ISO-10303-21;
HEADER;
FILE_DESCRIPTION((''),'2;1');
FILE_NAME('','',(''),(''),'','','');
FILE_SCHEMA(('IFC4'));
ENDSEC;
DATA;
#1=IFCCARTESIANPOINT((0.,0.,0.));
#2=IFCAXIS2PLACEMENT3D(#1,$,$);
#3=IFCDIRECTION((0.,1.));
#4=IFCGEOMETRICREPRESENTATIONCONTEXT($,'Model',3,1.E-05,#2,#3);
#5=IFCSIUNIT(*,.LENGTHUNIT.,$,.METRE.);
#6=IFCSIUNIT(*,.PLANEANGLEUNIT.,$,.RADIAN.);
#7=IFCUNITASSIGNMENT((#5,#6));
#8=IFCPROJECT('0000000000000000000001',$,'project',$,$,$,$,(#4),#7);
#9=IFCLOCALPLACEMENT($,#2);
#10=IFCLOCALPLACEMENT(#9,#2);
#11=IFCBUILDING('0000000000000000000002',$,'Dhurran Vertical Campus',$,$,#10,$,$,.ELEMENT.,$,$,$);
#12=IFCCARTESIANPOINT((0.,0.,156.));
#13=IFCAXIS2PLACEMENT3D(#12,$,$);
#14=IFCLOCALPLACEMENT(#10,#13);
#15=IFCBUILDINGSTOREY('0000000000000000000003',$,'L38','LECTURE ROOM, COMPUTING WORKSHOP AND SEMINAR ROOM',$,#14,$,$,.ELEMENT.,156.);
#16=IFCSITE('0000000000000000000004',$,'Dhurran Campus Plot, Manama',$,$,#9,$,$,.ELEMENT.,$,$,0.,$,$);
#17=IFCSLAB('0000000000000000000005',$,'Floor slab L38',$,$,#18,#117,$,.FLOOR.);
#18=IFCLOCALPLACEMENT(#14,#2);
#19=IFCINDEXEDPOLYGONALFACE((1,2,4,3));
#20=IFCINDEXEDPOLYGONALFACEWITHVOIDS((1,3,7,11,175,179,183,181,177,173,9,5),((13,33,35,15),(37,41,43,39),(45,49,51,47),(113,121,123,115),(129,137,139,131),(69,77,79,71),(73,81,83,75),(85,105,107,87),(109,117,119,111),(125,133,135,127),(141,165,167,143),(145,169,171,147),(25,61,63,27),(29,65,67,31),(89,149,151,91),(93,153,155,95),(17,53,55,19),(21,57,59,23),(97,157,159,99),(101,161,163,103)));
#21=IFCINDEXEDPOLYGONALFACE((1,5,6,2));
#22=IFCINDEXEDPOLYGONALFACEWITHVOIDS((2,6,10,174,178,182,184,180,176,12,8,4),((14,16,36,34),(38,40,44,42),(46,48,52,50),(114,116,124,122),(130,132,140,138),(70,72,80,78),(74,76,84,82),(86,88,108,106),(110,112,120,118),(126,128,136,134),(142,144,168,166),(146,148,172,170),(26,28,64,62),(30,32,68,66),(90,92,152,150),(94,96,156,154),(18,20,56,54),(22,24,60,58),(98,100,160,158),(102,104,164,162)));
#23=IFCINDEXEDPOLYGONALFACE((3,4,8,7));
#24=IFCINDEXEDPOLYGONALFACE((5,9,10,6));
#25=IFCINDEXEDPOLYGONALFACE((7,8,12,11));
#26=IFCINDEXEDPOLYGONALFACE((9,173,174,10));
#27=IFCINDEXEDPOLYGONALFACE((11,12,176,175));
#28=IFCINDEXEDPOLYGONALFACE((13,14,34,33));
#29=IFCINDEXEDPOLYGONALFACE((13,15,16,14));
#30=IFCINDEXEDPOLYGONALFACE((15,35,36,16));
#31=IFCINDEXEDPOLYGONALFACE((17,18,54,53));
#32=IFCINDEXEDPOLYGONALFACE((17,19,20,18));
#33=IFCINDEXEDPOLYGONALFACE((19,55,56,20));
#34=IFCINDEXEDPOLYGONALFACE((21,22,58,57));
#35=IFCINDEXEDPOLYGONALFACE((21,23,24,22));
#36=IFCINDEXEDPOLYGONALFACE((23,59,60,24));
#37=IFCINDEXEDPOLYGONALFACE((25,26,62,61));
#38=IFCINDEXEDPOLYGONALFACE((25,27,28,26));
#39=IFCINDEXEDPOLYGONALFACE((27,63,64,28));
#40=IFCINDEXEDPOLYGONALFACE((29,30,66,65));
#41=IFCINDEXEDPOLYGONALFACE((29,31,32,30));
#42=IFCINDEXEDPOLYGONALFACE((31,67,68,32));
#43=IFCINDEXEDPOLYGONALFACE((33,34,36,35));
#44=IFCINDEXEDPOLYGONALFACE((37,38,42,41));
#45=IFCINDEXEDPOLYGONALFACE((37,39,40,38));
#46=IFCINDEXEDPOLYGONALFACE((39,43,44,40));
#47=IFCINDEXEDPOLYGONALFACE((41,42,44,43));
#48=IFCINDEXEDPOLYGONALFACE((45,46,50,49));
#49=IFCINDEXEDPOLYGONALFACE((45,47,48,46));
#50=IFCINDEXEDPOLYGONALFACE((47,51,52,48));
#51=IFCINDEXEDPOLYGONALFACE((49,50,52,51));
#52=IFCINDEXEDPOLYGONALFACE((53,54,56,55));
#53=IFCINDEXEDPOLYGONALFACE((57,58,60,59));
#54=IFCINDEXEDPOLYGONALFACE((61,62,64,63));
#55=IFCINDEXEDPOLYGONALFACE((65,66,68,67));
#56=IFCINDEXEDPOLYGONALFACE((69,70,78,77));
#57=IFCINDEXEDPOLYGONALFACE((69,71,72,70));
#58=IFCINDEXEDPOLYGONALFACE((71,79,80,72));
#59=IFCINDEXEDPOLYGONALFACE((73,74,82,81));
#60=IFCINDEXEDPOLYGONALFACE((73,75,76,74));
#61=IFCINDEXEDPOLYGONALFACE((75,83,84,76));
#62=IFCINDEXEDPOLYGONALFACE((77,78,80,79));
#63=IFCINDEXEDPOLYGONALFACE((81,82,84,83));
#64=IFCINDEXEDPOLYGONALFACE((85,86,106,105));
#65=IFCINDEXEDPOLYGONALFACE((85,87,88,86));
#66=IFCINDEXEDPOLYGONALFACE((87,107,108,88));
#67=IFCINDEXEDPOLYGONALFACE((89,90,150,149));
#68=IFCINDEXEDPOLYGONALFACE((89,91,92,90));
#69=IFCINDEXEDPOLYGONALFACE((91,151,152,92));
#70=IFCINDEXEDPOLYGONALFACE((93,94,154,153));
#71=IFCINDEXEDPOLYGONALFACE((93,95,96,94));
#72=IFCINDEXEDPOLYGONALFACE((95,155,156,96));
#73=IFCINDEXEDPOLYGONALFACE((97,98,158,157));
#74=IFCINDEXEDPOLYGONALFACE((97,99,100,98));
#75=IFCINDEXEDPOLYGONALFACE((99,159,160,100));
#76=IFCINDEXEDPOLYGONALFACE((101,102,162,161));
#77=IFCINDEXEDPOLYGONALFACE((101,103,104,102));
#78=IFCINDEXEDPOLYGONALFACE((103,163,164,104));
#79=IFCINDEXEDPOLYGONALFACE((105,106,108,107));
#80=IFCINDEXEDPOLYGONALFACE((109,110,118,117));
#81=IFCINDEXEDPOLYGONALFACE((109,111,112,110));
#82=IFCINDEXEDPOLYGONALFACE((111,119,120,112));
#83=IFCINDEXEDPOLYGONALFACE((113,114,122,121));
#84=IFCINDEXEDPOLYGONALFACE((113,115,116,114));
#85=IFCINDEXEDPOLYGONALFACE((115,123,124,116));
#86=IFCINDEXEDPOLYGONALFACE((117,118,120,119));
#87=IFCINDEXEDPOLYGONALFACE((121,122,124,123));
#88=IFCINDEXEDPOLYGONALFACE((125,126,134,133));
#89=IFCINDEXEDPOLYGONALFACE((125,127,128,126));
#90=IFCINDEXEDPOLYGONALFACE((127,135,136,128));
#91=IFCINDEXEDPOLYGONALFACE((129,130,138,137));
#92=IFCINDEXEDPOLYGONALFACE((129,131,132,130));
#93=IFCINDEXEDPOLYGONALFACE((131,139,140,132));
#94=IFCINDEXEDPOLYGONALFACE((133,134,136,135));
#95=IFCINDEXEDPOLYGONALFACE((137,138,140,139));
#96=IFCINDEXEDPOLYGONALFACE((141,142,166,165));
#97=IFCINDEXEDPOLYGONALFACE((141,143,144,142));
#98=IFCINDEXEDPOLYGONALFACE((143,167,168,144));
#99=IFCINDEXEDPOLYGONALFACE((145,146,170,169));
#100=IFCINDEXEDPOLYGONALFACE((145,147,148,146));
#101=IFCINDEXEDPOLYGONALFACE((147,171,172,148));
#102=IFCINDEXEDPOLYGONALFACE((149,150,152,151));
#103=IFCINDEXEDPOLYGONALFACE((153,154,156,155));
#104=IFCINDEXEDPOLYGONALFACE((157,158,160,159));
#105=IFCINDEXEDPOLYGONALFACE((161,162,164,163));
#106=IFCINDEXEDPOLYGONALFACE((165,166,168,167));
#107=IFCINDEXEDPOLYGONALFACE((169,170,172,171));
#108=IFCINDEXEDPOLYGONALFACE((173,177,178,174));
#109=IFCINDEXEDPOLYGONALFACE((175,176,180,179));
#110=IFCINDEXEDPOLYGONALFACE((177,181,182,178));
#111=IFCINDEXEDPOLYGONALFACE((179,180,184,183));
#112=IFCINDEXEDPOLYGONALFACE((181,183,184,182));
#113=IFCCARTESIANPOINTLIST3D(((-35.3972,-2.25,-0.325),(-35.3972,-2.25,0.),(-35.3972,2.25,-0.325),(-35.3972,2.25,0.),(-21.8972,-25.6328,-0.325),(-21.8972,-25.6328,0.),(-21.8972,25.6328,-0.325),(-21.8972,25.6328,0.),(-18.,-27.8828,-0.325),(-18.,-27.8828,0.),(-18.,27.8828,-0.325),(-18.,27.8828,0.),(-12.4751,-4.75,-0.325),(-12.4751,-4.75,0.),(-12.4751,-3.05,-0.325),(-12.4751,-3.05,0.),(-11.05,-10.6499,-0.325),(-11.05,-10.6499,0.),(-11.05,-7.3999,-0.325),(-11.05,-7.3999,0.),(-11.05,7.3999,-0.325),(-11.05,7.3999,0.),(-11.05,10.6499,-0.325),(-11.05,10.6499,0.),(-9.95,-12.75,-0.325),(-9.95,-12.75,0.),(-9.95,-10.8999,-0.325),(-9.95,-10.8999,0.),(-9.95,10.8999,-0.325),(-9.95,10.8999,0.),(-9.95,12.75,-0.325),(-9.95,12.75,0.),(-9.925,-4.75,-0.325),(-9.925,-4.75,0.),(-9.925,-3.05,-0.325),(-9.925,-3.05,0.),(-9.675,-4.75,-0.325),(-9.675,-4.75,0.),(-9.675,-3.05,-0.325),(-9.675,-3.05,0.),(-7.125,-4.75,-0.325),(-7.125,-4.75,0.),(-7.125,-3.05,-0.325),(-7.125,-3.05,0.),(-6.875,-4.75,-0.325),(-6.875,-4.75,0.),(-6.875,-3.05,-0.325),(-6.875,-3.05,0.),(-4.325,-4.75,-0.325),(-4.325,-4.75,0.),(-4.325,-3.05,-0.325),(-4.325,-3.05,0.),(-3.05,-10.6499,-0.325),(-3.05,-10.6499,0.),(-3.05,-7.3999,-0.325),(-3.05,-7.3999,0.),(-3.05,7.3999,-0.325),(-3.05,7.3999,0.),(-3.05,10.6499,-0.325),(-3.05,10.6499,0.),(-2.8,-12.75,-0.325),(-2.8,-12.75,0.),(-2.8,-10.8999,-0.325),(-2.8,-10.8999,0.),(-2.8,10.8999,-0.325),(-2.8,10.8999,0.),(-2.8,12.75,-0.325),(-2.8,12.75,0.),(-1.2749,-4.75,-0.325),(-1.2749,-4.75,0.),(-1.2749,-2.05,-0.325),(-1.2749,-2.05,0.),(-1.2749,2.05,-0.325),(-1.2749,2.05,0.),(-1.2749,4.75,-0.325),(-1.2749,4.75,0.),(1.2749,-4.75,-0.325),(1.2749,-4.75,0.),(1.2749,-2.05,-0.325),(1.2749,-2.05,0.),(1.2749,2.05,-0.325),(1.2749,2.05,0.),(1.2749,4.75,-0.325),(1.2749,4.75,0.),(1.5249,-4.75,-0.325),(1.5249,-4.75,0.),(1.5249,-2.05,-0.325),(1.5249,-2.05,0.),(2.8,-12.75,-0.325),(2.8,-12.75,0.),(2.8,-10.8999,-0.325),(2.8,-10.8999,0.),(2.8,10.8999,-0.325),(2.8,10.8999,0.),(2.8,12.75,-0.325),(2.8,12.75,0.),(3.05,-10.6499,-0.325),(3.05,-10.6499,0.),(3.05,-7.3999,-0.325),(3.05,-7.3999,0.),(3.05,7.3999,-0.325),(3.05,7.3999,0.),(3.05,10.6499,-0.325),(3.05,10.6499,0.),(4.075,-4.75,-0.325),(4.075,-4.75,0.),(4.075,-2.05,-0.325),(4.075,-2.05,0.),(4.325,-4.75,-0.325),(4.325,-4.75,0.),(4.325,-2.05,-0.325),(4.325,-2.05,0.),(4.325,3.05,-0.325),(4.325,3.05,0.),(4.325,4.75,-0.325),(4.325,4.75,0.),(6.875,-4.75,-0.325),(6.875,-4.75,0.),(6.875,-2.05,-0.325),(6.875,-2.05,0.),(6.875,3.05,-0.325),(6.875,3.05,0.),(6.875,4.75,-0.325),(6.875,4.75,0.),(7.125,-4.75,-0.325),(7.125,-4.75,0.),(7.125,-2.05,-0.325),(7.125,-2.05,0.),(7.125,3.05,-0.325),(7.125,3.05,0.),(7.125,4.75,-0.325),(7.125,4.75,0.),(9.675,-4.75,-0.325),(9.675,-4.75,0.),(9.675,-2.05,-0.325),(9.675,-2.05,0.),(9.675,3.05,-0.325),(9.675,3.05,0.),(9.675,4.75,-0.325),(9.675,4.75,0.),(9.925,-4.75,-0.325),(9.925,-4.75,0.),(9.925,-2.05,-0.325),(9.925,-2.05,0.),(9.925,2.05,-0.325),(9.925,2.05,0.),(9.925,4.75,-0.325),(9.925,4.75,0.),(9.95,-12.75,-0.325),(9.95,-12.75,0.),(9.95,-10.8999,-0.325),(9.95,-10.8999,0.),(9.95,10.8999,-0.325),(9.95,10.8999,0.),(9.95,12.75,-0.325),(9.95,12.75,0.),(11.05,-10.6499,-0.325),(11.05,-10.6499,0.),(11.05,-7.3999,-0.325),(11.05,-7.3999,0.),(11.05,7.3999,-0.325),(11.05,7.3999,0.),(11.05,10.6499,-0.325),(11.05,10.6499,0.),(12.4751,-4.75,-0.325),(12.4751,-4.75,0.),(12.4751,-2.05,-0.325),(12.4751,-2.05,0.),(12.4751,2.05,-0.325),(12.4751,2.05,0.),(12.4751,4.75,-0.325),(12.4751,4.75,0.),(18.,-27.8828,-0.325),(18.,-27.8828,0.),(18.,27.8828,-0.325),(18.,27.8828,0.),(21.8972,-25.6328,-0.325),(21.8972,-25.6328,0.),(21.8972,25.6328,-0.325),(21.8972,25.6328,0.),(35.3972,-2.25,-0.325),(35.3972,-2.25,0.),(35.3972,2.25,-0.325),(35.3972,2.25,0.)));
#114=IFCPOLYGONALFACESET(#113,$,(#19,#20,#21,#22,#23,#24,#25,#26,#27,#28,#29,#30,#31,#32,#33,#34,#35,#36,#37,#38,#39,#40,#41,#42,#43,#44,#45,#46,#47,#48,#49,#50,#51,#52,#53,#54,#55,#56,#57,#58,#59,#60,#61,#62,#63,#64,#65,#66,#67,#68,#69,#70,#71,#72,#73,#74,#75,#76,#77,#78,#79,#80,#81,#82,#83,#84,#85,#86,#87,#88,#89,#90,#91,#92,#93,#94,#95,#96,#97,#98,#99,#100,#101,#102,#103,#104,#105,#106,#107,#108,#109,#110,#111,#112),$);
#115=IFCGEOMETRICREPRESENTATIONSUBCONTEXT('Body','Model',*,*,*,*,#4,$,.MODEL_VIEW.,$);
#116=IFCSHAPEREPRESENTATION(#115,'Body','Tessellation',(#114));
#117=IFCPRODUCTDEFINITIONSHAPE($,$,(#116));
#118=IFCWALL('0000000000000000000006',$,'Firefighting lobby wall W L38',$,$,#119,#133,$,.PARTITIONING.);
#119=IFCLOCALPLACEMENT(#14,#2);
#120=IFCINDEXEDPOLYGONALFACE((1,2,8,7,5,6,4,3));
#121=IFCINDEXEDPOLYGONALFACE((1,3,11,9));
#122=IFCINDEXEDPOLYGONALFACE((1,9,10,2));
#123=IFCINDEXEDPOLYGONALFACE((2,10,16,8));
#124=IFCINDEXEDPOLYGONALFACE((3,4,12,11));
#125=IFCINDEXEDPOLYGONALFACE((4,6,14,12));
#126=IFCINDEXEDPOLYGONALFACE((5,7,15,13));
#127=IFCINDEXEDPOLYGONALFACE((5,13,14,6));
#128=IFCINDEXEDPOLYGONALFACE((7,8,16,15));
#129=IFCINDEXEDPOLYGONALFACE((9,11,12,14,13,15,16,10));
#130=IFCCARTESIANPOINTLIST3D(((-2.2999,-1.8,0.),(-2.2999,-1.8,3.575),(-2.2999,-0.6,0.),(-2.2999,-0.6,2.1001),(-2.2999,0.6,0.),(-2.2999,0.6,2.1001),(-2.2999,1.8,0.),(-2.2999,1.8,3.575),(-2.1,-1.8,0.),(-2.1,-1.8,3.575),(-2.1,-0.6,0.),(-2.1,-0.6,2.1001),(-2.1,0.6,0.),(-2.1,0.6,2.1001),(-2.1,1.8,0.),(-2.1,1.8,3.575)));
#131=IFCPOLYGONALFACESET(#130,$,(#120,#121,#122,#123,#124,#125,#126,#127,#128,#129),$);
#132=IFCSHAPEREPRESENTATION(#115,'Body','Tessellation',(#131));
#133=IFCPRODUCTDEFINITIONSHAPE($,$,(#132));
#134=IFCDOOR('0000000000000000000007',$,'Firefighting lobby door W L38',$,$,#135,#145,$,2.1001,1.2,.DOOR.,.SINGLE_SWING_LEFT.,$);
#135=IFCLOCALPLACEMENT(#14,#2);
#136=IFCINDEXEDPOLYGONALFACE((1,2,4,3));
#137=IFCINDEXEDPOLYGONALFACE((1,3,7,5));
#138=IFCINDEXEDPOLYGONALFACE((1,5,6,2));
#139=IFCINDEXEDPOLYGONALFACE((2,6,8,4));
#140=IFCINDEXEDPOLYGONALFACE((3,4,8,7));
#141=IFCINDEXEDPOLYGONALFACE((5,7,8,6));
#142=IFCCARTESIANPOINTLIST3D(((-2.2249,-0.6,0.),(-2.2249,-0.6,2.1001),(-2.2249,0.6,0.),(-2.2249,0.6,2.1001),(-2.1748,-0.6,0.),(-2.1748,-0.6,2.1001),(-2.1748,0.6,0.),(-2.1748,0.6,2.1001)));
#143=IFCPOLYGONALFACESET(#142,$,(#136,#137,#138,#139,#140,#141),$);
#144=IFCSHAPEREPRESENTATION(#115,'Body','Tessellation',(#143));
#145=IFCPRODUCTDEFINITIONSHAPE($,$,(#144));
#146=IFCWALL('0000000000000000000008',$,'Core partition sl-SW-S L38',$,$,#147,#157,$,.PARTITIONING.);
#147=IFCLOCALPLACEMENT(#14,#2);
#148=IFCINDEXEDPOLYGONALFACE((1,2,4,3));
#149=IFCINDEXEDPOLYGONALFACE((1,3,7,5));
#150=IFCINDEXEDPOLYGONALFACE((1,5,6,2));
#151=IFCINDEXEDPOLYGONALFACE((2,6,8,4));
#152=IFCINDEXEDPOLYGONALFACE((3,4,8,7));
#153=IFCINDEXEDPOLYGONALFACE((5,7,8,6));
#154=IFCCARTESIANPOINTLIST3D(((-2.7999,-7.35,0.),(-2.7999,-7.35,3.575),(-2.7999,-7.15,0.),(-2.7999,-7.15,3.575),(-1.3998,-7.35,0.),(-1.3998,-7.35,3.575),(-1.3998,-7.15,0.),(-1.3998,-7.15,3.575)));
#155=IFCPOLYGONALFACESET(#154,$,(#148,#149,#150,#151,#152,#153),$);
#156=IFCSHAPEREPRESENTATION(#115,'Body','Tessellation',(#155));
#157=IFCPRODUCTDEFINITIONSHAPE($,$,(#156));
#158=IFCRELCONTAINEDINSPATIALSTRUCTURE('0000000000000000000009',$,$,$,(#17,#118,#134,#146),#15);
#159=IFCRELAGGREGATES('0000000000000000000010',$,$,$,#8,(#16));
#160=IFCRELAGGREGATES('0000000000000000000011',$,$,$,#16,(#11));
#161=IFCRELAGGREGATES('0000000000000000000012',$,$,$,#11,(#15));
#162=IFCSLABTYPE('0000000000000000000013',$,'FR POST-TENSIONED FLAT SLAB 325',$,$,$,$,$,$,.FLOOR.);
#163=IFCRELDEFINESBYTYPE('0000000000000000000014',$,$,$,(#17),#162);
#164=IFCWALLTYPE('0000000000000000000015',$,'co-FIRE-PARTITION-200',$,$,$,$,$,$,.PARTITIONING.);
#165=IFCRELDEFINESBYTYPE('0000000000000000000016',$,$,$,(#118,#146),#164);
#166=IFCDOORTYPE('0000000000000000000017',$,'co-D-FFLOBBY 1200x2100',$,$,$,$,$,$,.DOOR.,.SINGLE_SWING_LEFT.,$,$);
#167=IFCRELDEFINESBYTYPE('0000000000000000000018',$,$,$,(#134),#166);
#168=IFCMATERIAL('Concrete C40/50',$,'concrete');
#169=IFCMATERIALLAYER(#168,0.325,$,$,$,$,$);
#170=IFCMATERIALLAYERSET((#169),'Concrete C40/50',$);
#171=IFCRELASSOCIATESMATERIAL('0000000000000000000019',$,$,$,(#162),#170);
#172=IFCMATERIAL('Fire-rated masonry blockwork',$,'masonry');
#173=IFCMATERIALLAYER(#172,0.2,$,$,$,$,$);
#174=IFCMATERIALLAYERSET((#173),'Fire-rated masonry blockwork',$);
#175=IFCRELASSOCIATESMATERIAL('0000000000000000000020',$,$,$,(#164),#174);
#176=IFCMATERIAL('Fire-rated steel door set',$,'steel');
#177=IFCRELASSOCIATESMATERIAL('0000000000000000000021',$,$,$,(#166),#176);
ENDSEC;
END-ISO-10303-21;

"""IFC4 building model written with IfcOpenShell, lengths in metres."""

from ifc_helpers import new_model, si_unit, direction, frame, frame_2d, origin, place, context, subcontext, project, spatial, polyline, rectangle, outline, extrude, material, layer, layer_set, type_object, element, fill, save


model = new_model("IFC4")

# Units and contexts
model_context = context("Model", 3, precision=1e-05, world=origin(), true_north=direction((0.0, 1.0)))
body_context = subcontext(model_context, "Body", "Model", "MODEL_VIEW")
ifc_project = project(units=[si_unit("LENGTHUNIT", "METRE"), si_unit("PLANEANGLEUNIT", "RADIAN")], contexts=[model_context])

# Site, building, storey
site_placement = place(None, origin())
site = spatial("IfcSite", under=ifc_project, at=site_placement, Name="Dhurran Campus Plot, Manama", CompositionType="ELEMENT", RefElevation=0.0)
building_placement = place(site_placement, origin())
building = spatial("IfcBuilding", under=site, at=building_placement, Name="Dhurran Vertical Campus", CompositionType="ELEMENT")
storey_placement = place(building_placement, frame((0.0, 0.0, 156.0)))
storey = spatial("IfcBuildingStorey", under=building, at=storey_placement, Name="L38", Description="LECTURE ROOM, COMPUTING WORKSHOP AND SEMINAR ROOM", CompositionType="ELEMENT", Elevation=156.0)

# Slab
ifc_material_1 = material(Name="Concrete C40/50", Category="concrete")
ifc_layer_1 = layer(ifc_material_1, 0.325)
ifc_layer_set_1 = layer_set([ifc_layer_1], Name="Concrete C40/50")
slab_type = type_object("IfcSlabType", Name="FR POST-TENSIONED FLAT SLAB 325", PredefinedType="FLOOR", material=ifc_layer_set_1)
slab_placement = place(storey_placement, frame((0.0, 0.0, -0.325)))
element("IfcSlab", 1, at=slab_placement, inside=storey, type_object=slab_type, Name="Floor slab L38", PredefinedType="FLOOR", context=body_context, shape_type="SweptSolid", body=[
    extrude(outline(polyline([(-18.0, -27.8828), (18.0, -27.8828), (21.8972, -25.6328), (35.3972, -2.25), (35.3972, 2.25), (21.8972, 25.6328), (18.0, 27.8828), (-18.0, 27.8828), (-21.8972, 25.6328), (-35.3972, 2.25), (-35.3972, -2.25), (-21.8972, -25.6328), (-18.0, -27.8828)]), holes=[polyline([(-1.2749, 2.05), (1.2749, 2.05), (1.2749, 4.75), (-1.2749, 4.75), (-1.2749, 2.05)]), polyline([(9.925, 2.05), (12.4751, 2.05), (12.4751, 4.75), (9.925, 4.75), (9.925, 2.05)]), polyline([(-1.2749, -4.75), (1.2749, -4.75), (1.2749, -2.05), (-1.2749, -2.05), (-1.2749, -4.75)]), polyline([(1.5249, -4.75), (4.075, -4.75), (4.075, -2.05), (1.5249, -2.05), (1.5249, -4.75)]), polyline([(4.325, -4.75), (6.875, -4.75), (6.875, -2.05), (4.325, -2.05), (4.325, -4.75)]), polyline([(7.125, -4.75), (9.675, -4.75), (9.675, -2.05), (7.125, -2.05), (7.125, -4.75)]), polyline([(9.925, -4.75), (12.4751, -4.75), (12.4751, -2.05), (9.925, -2.05), (9.925, -4.75)]), polyline([(4.325, 3.05), (6.875, 3.05), (6.875, 4.75), (4.325, 4.75), (4.325, 3.05)]), polyline([(7.125, 3.05), (9.675, 3.05), (9.675, 4.75), (7.125, 4.75), (7.125, 3.05)]), polyline([(-12.4751, -4.75), (-9.925, -4.75), (-9.925, -3.05), (-12.4751, -3.05), (-12.4751, -4.75)]), polyline([(-9.675, -4.75), (-7.125, -4.75), (-7.125, -3.05), (-9.675, -3.05), (-9.675, -4.75)]), polyline([(-6.875, -4.75), (-4.325, -4.75), (-4.325, -3.05), (-6.875, -3.05), (-6.875, -4.75)]), polyline([(-11.05, 7.3999), (-3.05, 7.3999), (-3.05, 10.6499), (-11.05, 10.6499), (-11.05, 7.3999)]), polyline([(3.05, 7.3999), (11.05, 7.3999), (11.05, 10.6499), (3.05, 10.6499), (3.05, 7.3999)]), polyline([(-11.05, -10.6499), (-3.05, -10.6499), (-3.05, -7.3999), (-11.05, -7.3999), (-11.05, -10.6499)]), polyline([(3.05, -10.6499), (11.05, -10.6499), (11.05, -7.3999), (3.05, -7.3999), (3.05, -10.6499)]), polyline([(-9.95, 10.8999), (-9.95, 12.75), (-2.8, 12.75), (-2.8, 10.8999), (-9.95, 10.8999)]), polyline([(9.95, 12.75), (9.95, 10.8999), (2.8, 10.8999), (2.8, 12.75), (9.95, 12.75)]), polyline([(-9.95, -12.75), (-9.95, -10.8999), (-2.8, -10.8999), (-2.8, -12.75), (-9.95, -12.75)]), polyline([(9.95, -10.8999), (9.95, -12.75), (2.8, -12.75), (2.8, -10.8999), (9.95, -10.8999)])]), origin(), (0.0, 0.0, 1.0), 0.325),
])

# Wall, opening, door
ifc_material_2 = material(Name="Fire-rated masonry blockwork", Category="masonry")
ifc_layer_2 = layer(ifc_material_2, 0.2)
ifc_layer_set_2 = layer_set([ifc_layer_2], Name="Fire-rated masonry blockwork")
wall_type_1 = type_object("IfcWallType", Name="co-FIRE-PARTITION-200", PredefinedType="PARTITIONING", material=ifc_layer_set_2)
wall_1_placement = place(storey_placement, frame((-2.2, -1.8, 0.0), z_axis=(0.0, 0.0, 1.0), x_axis=(0.0, 1.0, 0.0)))
wall_1 = element("IfcWall", 2, at=wall_1_placement, inside=storey, type_object=wall_type_1, Name="Firefighting lobby wall W L38", PredefinedType="PARTITIONING", context=body_context, shape_type="SweptSolid", body=[
    extrude(rectangle(XDim=3.6001, YDim=0.2, at=frame_2d((1.8, 0.0))), origin(), (0.0, 0.0, 1.0), 3.575),
])
opening_1_placement = place(wall_1_placement, frame((1.2, 0.0, 0.0)))
opening_1 = element("IfcOpeningElement", 3, at=opening_1_placement, cuts=wall_1, PredefinedType="OPENING", context=body_context, shape_type="SweptSolid", body=[
    extrude(rectangle(XDim=1.2, YDim=2.1001, at=frame_2d((0.6001, 1.05))), frame((0.0, 0.1099, 0.0), z_axis=(0.0, -1.0, 0.0), x_axis=(1.0, 0.0, 0.0)), (0.0, 0.0, 1.0), 0.22),
])
ifc_material_3 = material(Name="Fire-rated steel door set", Category="steel")
door_type_1 = type_object("IfcDoorType", Name="co-D-FFLOBBY 1200x2100", OperationType="SINGLE_SWING_LEFT", PredefinedType="DOOR", material=ifc_material_3)
door_1_placement = place(opening_1_placement, origin())
door_1 = element("IfcDoor", 4, at=door_1_placement, inside=storey, type_object=door_type_1, Name="Firefighting lobby door W L38", OperationType="SINGLE_SWING_LEFT", OverallHeight=2.1001, OverallWidth=1.2, PredefinedType="DOOR", context=body_context, shape_type="SweptSolid", body=[
    extrude(rectangle(XDim=1.2, YDim=2.1001, at=frame_2d((0.6001, 1.05))), frame((0.0, 0.0249, 0.0), z_axis=(0.0, -1.0, 0.0), x_axis=(1.0, 0.0, 0.0)), (0.0, 0.0, 1.0), 0.05),
])
fill(opening_1, door_1)

# Wall
wall_2_placement = place(storey_placement, frame((-2.8, -7.25, 0.0), z_axis=(0.0, 0.0, 1.0), x_axis=(1.0, 0.0, 0.0)))
element("IfcWall", 5, at=wall_2_placement, inside=storey, type_object=wall_type_1, Name="Core partition sl-SW-S L38", PredefinedType="PARTITIONING", context=body_context, shape_type="SweptSolid", body=[
    extrude(rectangle(XDim=1.4001, YDim=0.2, at=frame_2d((0.7002, 0.0))), origin(), (0.0, 0.0, 1.0), 3.575),
])

save(model, "model.ifc")
